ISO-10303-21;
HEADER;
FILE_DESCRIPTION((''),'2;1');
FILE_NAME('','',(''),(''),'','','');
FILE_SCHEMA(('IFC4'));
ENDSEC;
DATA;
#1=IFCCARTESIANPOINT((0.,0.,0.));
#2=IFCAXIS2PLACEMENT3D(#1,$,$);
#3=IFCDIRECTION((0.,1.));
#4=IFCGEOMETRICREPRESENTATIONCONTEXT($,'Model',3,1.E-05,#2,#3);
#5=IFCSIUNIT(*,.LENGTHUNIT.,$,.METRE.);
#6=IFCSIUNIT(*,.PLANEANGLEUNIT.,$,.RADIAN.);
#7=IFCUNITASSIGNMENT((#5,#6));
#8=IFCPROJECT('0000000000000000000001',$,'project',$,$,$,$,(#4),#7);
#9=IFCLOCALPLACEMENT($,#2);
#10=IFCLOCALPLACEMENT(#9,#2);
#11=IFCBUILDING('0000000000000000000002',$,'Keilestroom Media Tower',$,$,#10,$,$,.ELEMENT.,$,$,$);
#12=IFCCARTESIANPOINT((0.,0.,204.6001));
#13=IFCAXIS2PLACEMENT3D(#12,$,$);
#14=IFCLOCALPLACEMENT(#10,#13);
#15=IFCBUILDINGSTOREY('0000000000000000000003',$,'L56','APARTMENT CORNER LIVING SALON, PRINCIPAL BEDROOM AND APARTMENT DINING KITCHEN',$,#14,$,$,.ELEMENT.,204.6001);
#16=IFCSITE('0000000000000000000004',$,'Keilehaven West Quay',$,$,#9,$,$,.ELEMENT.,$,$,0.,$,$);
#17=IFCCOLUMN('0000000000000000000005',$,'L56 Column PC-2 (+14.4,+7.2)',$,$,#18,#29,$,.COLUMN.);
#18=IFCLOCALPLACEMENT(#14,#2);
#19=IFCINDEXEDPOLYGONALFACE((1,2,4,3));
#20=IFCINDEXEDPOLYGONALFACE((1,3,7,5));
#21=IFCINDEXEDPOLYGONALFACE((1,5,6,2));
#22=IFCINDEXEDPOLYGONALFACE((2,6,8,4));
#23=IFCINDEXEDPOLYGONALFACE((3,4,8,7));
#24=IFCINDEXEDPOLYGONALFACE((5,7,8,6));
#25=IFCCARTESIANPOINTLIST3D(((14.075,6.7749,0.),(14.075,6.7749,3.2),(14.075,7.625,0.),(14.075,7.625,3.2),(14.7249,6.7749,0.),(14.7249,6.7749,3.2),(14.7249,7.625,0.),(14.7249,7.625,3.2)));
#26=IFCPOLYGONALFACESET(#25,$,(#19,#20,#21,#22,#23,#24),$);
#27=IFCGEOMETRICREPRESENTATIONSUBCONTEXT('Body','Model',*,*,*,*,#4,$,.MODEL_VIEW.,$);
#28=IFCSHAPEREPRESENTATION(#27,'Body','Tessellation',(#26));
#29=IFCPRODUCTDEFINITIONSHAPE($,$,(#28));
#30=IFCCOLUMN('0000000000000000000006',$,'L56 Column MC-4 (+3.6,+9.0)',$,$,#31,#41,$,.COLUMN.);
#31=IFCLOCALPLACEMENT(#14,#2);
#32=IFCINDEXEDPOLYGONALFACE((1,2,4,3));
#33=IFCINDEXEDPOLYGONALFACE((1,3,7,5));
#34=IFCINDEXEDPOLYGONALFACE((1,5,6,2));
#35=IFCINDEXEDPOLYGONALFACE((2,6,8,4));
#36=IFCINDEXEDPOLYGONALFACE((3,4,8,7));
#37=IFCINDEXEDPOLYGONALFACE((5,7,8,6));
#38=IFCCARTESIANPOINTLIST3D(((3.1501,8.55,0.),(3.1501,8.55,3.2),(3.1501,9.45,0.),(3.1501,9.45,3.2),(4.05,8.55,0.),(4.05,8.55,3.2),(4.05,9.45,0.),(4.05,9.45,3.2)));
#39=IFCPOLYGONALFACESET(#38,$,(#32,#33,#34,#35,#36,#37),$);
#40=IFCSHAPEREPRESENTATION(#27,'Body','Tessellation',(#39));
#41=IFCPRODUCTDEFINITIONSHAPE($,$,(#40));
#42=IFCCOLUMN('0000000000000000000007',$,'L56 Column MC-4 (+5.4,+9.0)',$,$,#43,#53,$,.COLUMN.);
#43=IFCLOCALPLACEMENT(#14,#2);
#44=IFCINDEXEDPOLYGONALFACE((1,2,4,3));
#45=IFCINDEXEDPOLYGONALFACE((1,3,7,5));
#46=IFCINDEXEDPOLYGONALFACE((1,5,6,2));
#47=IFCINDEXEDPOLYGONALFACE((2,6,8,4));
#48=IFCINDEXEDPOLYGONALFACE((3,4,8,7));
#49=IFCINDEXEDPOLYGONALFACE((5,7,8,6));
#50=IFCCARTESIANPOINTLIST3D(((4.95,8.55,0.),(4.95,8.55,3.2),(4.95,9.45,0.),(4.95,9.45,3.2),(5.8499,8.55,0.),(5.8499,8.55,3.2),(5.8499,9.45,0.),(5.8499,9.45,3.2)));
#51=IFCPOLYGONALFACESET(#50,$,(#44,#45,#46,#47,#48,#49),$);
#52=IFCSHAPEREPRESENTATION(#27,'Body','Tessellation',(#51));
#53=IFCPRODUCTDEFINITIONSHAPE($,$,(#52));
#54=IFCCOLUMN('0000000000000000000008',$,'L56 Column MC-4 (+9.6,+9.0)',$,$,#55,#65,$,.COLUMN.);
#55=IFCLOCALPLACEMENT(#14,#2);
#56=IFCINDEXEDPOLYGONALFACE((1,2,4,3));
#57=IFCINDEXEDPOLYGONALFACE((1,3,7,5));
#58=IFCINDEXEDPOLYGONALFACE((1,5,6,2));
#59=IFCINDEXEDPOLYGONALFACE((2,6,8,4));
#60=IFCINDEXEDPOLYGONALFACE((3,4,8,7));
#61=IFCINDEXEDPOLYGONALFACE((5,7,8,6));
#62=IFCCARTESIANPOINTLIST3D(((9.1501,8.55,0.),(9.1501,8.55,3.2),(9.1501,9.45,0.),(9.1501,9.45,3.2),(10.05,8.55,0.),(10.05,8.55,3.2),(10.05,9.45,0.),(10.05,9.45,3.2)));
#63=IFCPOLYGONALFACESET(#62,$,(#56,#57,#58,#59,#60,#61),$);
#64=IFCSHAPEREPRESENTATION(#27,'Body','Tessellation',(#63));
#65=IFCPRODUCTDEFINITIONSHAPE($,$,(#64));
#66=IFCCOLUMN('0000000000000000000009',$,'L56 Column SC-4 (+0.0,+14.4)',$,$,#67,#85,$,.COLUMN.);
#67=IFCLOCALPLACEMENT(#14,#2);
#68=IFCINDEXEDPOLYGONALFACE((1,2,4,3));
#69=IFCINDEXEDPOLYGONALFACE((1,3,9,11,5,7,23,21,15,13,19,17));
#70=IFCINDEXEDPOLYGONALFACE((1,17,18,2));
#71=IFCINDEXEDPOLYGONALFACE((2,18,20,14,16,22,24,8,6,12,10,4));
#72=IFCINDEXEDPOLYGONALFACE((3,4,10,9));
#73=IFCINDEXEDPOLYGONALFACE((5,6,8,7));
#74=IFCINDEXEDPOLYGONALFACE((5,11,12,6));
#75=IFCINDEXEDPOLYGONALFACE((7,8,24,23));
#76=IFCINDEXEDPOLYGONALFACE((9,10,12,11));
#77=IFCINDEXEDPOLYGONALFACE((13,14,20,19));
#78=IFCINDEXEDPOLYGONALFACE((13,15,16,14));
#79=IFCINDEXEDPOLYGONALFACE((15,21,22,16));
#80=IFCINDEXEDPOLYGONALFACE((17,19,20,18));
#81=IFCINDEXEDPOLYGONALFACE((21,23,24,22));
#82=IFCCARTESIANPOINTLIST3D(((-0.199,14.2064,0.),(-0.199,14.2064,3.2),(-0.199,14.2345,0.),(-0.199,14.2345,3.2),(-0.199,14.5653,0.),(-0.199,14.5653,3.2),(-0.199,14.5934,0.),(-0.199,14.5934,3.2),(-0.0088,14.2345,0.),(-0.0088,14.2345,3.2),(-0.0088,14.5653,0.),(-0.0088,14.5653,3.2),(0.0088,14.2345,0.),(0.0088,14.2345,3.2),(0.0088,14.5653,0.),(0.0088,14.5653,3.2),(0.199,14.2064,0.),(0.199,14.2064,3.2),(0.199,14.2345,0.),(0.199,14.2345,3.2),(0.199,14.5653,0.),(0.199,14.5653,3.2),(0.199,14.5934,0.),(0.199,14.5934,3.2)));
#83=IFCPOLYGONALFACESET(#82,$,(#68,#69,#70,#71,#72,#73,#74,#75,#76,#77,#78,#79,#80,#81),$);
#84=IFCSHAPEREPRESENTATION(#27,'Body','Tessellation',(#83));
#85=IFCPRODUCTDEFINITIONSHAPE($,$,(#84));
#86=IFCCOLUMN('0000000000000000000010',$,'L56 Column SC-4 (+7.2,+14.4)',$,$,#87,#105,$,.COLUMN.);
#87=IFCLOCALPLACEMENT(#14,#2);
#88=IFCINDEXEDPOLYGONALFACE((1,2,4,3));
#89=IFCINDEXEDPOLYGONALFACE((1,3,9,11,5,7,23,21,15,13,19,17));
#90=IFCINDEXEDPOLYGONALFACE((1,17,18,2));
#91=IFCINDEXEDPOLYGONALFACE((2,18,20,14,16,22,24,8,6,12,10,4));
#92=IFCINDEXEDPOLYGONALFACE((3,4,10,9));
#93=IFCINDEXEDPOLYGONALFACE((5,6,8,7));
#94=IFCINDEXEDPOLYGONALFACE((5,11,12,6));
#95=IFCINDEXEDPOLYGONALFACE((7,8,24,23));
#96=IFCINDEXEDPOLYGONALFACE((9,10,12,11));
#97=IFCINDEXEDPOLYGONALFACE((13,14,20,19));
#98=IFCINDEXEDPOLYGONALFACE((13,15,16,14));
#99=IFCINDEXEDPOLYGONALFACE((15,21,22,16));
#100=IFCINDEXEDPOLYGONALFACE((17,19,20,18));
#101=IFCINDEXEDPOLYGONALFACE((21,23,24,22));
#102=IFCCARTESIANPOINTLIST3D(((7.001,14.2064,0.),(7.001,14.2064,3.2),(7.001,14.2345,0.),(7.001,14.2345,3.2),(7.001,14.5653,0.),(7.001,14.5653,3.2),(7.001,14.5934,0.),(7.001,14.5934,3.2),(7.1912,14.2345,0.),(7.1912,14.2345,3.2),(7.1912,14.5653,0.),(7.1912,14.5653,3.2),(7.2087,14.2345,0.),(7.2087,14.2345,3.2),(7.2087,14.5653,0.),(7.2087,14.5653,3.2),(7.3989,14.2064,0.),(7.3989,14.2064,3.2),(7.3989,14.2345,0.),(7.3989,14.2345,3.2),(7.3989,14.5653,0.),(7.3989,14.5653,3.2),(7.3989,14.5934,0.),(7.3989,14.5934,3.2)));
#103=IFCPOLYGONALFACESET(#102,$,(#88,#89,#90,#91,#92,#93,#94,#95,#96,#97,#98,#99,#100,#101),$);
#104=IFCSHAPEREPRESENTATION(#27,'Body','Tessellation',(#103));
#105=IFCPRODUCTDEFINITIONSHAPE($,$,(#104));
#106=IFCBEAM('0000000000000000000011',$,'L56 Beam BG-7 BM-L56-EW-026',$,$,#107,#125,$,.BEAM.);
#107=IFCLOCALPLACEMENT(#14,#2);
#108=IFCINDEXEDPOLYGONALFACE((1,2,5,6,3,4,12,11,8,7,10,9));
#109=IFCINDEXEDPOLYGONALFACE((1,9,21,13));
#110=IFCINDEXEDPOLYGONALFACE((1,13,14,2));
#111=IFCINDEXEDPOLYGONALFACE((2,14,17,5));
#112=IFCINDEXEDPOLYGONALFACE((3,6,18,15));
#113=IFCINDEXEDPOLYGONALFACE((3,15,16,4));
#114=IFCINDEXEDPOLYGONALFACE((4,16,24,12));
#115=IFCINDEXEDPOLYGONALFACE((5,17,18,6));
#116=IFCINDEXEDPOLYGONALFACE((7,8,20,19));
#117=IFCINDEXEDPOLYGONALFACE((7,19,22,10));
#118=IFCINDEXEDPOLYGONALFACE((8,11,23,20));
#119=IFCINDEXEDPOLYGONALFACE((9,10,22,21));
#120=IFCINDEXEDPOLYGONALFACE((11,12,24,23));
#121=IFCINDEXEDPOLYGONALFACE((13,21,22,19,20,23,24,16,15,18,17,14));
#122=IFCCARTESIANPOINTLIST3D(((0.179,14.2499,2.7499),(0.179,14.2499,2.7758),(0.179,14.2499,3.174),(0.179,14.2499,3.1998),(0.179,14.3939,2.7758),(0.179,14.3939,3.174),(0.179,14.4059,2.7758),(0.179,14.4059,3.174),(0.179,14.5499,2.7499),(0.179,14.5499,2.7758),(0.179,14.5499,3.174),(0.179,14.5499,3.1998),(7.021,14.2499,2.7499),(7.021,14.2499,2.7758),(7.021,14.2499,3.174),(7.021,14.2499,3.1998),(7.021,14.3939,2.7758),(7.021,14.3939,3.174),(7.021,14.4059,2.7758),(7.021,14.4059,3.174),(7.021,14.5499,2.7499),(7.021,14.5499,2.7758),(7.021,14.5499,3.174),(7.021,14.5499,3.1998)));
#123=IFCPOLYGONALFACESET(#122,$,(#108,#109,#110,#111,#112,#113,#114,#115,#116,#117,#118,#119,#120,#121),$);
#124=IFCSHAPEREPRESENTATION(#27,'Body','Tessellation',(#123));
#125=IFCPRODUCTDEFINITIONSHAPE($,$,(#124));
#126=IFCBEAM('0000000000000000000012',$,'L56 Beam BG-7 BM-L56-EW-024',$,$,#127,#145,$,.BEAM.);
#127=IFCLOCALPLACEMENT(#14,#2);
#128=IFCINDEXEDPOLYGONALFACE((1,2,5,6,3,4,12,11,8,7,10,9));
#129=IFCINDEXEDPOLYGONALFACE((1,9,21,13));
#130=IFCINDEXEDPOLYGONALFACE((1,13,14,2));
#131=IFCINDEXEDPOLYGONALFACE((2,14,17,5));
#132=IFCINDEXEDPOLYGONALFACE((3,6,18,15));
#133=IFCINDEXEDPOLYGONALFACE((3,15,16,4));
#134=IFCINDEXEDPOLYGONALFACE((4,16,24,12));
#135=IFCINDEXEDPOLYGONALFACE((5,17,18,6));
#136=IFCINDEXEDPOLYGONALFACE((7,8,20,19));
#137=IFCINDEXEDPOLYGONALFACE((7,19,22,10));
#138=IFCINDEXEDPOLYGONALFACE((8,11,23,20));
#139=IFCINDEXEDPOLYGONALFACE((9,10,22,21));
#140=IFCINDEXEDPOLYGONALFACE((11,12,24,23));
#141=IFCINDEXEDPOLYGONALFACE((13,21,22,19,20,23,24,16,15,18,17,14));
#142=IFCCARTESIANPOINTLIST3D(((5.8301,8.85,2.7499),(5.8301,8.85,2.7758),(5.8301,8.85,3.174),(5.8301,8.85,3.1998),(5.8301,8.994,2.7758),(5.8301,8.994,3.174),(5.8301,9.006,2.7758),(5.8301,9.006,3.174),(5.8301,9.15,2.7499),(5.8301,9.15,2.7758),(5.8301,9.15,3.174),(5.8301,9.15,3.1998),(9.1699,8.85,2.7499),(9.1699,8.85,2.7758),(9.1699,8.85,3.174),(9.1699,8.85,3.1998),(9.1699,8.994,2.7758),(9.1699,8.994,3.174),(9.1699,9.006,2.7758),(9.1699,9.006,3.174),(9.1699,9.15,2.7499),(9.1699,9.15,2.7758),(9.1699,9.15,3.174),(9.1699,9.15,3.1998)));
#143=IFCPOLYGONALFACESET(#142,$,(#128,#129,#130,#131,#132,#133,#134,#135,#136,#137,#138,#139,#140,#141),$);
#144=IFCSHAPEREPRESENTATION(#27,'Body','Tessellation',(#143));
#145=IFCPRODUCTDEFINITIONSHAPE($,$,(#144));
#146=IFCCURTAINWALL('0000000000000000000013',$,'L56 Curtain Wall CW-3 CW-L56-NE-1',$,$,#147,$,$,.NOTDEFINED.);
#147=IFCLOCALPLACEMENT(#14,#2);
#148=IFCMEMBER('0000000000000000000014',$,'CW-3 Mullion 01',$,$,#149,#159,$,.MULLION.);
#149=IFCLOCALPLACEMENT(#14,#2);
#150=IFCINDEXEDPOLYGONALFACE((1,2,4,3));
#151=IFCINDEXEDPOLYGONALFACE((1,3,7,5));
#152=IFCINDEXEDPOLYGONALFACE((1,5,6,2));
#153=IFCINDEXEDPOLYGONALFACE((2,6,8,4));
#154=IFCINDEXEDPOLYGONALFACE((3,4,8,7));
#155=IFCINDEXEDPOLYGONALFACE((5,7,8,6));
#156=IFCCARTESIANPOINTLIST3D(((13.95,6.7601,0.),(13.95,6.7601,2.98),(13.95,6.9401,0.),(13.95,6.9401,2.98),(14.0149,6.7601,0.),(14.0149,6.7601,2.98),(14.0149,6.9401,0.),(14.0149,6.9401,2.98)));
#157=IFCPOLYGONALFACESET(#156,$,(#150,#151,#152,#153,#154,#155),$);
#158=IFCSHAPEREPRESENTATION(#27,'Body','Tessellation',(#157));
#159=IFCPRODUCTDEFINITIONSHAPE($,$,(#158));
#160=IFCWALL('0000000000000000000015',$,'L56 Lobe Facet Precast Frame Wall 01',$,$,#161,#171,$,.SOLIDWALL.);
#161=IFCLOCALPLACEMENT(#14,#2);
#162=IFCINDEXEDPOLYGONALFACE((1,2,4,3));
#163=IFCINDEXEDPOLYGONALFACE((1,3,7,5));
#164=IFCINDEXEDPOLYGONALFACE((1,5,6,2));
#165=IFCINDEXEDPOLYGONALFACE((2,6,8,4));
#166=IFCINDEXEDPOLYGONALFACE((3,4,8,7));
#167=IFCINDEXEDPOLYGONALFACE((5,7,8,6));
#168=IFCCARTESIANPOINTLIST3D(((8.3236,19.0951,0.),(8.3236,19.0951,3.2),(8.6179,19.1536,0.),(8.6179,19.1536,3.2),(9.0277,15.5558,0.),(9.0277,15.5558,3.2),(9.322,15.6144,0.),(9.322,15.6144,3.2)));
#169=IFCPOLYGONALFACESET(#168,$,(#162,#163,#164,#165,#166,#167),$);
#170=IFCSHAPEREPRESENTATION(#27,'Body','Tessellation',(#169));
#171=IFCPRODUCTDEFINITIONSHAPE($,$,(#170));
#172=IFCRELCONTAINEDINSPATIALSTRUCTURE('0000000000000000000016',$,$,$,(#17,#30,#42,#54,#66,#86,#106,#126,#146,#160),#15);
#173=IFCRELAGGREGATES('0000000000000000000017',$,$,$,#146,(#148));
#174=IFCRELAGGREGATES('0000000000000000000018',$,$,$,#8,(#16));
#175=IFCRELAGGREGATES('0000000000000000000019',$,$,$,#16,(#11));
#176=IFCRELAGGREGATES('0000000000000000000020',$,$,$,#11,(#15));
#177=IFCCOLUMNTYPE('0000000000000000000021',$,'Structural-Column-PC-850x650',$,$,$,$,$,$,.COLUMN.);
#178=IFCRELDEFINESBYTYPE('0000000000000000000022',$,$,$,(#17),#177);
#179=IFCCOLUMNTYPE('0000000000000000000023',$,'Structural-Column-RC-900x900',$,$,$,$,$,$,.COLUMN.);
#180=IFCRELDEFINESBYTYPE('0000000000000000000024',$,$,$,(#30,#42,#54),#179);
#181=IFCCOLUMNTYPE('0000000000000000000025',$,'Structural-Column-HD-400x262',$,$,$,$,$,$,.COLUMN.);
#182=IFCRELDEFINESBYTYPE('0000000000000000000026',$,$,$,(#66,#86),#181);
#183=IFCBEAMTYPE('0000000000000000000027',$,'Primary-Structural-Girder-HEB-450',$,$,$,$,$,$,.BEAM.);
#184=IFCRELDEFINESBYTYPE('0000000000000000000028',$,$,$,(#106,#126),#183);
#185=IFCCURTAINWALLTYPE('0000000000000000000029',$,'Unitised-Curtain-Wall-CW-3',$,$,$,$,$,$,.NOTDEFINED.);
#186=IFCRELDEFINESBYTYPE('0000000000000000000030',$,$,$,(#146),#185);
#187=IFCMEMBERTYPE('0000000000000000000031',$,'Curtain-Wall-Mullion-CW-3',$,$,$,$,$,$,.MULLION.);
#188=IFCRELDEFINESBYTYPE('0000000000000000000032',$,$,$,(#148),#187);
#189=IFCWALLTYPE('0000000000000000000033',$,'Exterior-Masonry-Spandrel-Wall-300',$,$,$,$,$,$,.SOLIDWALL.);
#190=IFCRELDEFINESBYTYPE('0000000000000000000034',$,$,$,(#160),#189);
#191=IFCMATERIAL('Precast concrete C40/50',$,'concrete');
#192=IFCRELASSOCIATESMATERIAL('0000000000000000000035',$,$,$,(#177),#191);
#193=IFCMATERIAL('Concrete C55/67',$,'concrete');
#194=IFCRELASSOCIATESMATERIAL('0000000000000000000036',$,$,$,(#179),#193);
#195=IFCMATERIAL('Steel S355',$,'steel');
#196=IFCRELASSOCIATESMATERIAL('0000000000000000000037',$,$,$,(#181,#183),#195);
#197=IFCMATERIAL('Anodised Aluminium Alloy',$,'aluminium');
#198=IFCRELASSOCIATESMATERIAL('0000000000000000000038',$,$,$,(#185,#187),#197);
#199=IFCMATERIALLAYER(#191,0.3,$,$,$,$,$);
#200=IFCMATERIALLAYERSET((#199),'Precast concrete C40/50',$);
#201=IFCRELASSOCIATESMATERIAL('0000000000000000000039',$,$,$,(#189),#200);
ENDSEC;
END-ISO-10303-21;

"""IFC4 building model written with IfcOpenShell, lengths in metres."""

from ifc_helpers import new_model, si_unit, direction, frame, frame_2d, origin, origin_2d, place, context, subcontext, project, spatial, rectangle, i_section, extrude, source, transform, mapped, material, layer, layer_set, material_profile, profile_set, type_object, element, aggregate, save


model = new_model("IFC4")

# Units and contexts
model_context = context("Model", 3, precision=1e-05, world=origin(), true_north=direction((0.0, 1.0)))
body_context = subcontext(model_context, "Body", "Model", "MODEL_VIEW")
ifc_project = project(units=[si_unit("LENGTHUNIT", "METRE"), si_unit("PLANEANGLEUNIT", "RADIAN")], contexts=[model_context])

# Site, building, storey
site_placement = place(None, origin())
site = spatial("IfcSite", under=ifc_project, at=site_placement, Name="Keilehaven West Quay", CompositionType="ELEMENT", RefElevation=0.0)
building_placement = place(site_placement, origin())
building = spatial("IfcBuilding", under=site, at=building_placement, Name="Keilestroom Media Tower", CompositionType="ELEMENT")
storey_placement = place(building_placement, frame((0.0, 0.0, 204.6001)))
storey = spatial("IfcBuildingStorey", under=building, at=storey_placement, Name="L56", Description="APARTMENT CORNER LIVING SALON, PRINCIPAL BEDROOM AND APARTMENT DINING KITCHEN", CompositionType="ELEMENT", Elevation=204.6001)

# Columns
ifc_material_1 = material(Name="Precast concrete C40/50", Category="concrete")
ifc_material_profile_1 = material_profile(ifc_material_1, rectangle(XDim=0.6499, YDim=0.8501, at=origin_2d()), Name="PC 850x650")
ifc_profile_set_1 = profile_set([ifc_material_profile_1], Name="Precast concrete C40/50")
column_type_1 = type_object("IfcColumnType", Name="Structural-Column-PC-850x650", PredefinedType="COLUMN", material=ifc_profile_set_1)
shared_shape_1 = source(origin(), body_context, "Body", "SweptSolid", [
    extrude(rectangle(XDim=0.6499, YDim=0.8501, at=origin_2d()), origin(), (0.0, 0.0, 1.0), 3.2),
])
column_placement = place(storey_placement, frame((14.3999, 7.2, 0.0), z_axis=(0.0, 0.0, 1.0), x_axis=(1.0, 0.0, 0.0)))
element("IfcColumn", 1, at=column_placement, inside=storey, type_object=column_type_1, Name="L56 Column PC-2 (+14.4,+7.2)", PredefinedType="COLUMN", context=body_context, shape_type="MappedRepresentation", body=[
    mapped(shared_shape_1, transform((0.0, 0.0, 0.0), x_axis=(1.0, 0.0, 0.0), y_axis=(0.0, 1.0, 0.0), z_axis=(0.0, 0.0, 1.0), scale=1.0)),
])
ifc_material_2 = material(Name="Concrete C55/67", Category="concrete")
ifc_material_profile_2 = material_profile(ifc_material_2, rectangle(XDim=0.8999, YDim=0.8999, at=origin_2d()), Name="RC 900x900")
ifc_profile_set_2 = profile_set([ifc_material_profile_2], Name="Concrete C55/67")
column_type_2 = type_object("IfcColumnType", Name="Structural-Column-RC-900x900", PredefinedType="COLUMN", material=ifc_profile_set_2)
shared_shape_2 = source(origin(), body_context, "Body", "SweptSolid", [
    extrude(rectangle(XDim=0.8999, YDim=0.8999, at=origin_2d()), origin(), (0.0, 0.0, 1.0), 3.2),
])
for number, where, z_axis, x_axis, name in (
    (2, (3.6001, 9.0, 0.0), (0.0, 0.0, 1.0), (1.0, 0.0, 0.0), "L56 Column MC-4 (+3.6,+9.0)"),
    (3, (5.3999, 9.0, 0.0), (0.0, 0.0, 1.0), (1.0, 0.0, 0.0), "L56 Column MC-4 (+5.4,+9.0)"),
    (4, (9.6001, 9.0, 0.0), (0.0, 0.0, 1.0), (1.0, 0.0, 0.0), "L56 Column MC-4 (+9.6,+9.0)"),
):
    element("IfcColumn", number, at=place(storey_placement, frame(where, z_axis=z_axis, x_axis=x_axis)), inside=storey, type_object=column_type_2, Name=name, PredefinedType="COLUMN", context=body_context, shape_type="MappedRepresentation", body=[
        mapped(shared_shape_2, transform((0.0, 0.0, 0.0), x_axis=(1.0, 0.0, 0.0), y_axis=(0.0, 1.0, 0.0), z_axis=(0.0, 0.0, 1.0), scale=1.0)),
    ])
ifc_material_3 = material(Name="Steel S355", Category="steel")
ifc_material_profile_3 = material_profile(ifc_material_3, i_section(OverallWidth=0.3979, OverallDepth=0.387, WebThickness=0.0176, FlangeThickness=0.0281, at=origin_2d()), Name="HD 400x262")
ifc_profile_set_3 = profile_set([ifc_material_profile_3], Name="Steel S355")
column_type_3 = type_object("IfcColumnType", Name="Structural-Column-HD-400x262", PredefinedType="COLUMN", material=ifc_profile_set_3)
shared_shape_3 = source(origin(), body_context, "Body", "SweptSolid", [
    extrude(i_section(OverallWidth=0.3979, OverallDepth=0.387, WebThickness=0.0176, FlangeThickness=0.0281, at=origin_2d()), origin(), (0.0, 0.0, 1.0), 3.2),
])
for number, where, z_axis, x_axis, name in (
    (5, (0.0, 14.3999, 0.0), (0.0, 0.0, 1.0), (1.0, 0.0, 0.0), "L56 Column SC-4 (+0.0,+14.4)"),
    (6, (7.2, 14.3999, 0.0), (0.0, 0.0, 1.0), (1.0, 0.0, 0.0), "L56 Column SC-4 (+7.2,+14.4)"),
):
    element("IfcColumn", number, at=place(storey_placement, frame(where, z_axis=z_axis, x_axis=x_axis)), inside=storey, type_object=column_type_3, Name=name, PredefinedType="COLUMN", context=body_context, shape_type="MappedRepresentation", body=[
        mapped(shared_shape_3, transform((0.0, 0.0, 0.0), x_axis=(1.0, 0.0, 0.0), y_axis=(0.0, 1.0, 0.0), z_axis=(0.0, 0.0, 1.0), scale=1.0)),
    ])

# Beams
ifc_material_profile_4 = material_profile(ifc_material_3, i_section(OverallWidth=0.3, OverallDepth=0.45, WebThickness=0.012, FlangeThickness=0.0259, at=origin_2d()), Name="HEB 450")
ifc_profile_set_4 = profile_set([ifc_material_profile_4], Name="Steel S355")
beam_type = type_object("IfcBeamType", Name="Primary-Structural-Girder-HEB-450", PredefinedType="BEAM", material=ifc_profile_set_4)
shared_shape_4 = source(origin(), body_context, "Body", "SweptSolid", [
    extrude(i_section(OverallWidth=0.3, OverallDepth=0.45, WebThickness=0.012, FlangeThickness=0.0259, at=origin_2d()), origin(), (0.0, 0.0, 1.0), 6.842),
])
beam_1_placement = place(storey_placement, frame((0.179, 14.3999, 2.9749), z_axis=(1.0, 0.0, 0.0), x_axis=(0.0, 1.0, 0.0)))
element("IfcBeam", 7, at=beam_1_placement, inside=storey, type_object=beam_type, Name="L56 Beam BG-7 BM-L56-EW-026", PredefinedType="BEAM", context=body_context, shape_type="MappedRepresentation", body=[
    mapped(shared_shape_4, transform((0.0, 0.0, 0.0), x_axis=(1.0, 0.0, 0.0), y_axis=(0.0, 1.0, 0.0), z_axis=(0.0, 0.0, 1.0), scale=1.0)),
])
shared_shape_5 = source(origin(), body_context, "Body", "SweptSolid", [
    extrude(i_section(OverallWidth=0.3, OverallDepth=0.45, WebThickness=0.012, FlangeThickness=0.0259, at=origin_2d()), origin(), (0.0, 0.0, 1.0), 3.3398),
])
beam_2_placement = place(storey_placement, frame((5.8301, 9.0, 2.9749), z_axis=(1.0, 0.0, 0.0), x_axis=(0.0, 1.0, 0.0)))
element("IfcBeam", 8, at=beam_2_placement, inside=storey, type_object=beam_type, Name="L56 Beam BG-7 BM-L56-EW-024", PredefinedType="BEAM", context=body_context, shape_type="MappedRepresentation", body=[
    mapped(shared_shape_5, transform((0.0, 0.0, 0.0), x_axis=(1.0, 0.0, 0.0), y_axis=(0.0, 1.0, 0.0), z_axis=(0.0, 0.0, 1.0), scale=1.0)),
])

# Curtain wall, member
ifc_material_4 = material(Name="Anodised Aluminium Alloy", Category="aluminium")
curtain_wall_type = type_object("IfcCurtainWallType", Name="Unitised-Curtain-Wall-CW-3", PredefinedType="NOTDEFINED", material=ifc_material_4)
curtain_wall_placement = place(storey_placement, origin())
curtain_wall = element("IfcCurtainWall", 9, at=curtain_wall_placement, inside=storey, type_object=curtain_wall_type, Name="L56 Curtain Wall CW-3 CW-L56-NE-1", PredefinedType="NOTDEFINED")
ifc_material_profile_5 = material_profile(ifc_material_4, rectangle(XDim=0.0649, YDim=0.1799, at=origin_2d()), Name="ALU MULLION 65x180")
ifc_profile_set_5 = profile_set([ifc_material_profile_5], Name="Anodised Aluminium Alloy")
member_type = type_object("IfcMemberType", Name="Curtain-Wall-Mullion-CW-3", PredefinedType="MULLION", material=ifc_profile_set_5)
shared_shape_6 = source(origin(), body_context, "Body", "SweptSolid", [
    extrude(rectangle(XDim=0.0649, YDim=0.1799, at=origin_2d()), origin(), (0.0, 0.0, 1.0), 2.98),
])
member_placement = place(storey_placement, frame((13.9824, 6.8501, 0.0), z_axis=(0.0, 0.0, 1.0), x_axis=(1.0, 0.0, 0.0)))
member = element("IfcMember", 10, at=member_placement, type_object=member_type, Name="CW-3 Mullion 01", PredefinedType="MULLION", context=body_context, shape_type="MappedRepresentation", body=[
    mapped(shared_shape_6, transform((0.0, 0.0, 0.0), x_axis=(1.0, 0.0, 0.0), y_axis=(0.0, 1.0, 0.0), z_axis=(0.0, 0.0, 1.0), scale=1.0)),
])
aggregate(curtain_wall, [member])

# Wall
ifc_layer_1 = layer(ifc_material_1, 0.3)
ifc_layer_set_1 = layer_set([ifc_layer_1], Name="Precast concrete C40/50")
wall_type_1 = type_object("IfcWallType", Name="Exterior-Masonry-Spandrel-Wall-300", PredefinedType="SOLIDWALL", material=ifc_layer_set_1)
wall_1_placement = place(storey_placement, frame((9.1748, 15.5852, 0.0), z_axis=(0.0, 0.0, 1.0), x_axis=(-0.195114, 0.980781, 0.0)))
element("IfcWall", 11, at=wall_1_placement, inside=storey, type_object=wall_type_1, Name="L56 Lobe Facet Precast Frame Wall 01", PredefinedType="SOLIDWALL", context=body_context, shape_type="SweptSolid", body=[
    extrude(rectangle(XDim=3.6086, YDim=0.3, at=frame_2d((1.8042, 0.0))), origin(), (0.0, 0.0, 1.0), 3.2),
])

save(model, "model.ifc")
